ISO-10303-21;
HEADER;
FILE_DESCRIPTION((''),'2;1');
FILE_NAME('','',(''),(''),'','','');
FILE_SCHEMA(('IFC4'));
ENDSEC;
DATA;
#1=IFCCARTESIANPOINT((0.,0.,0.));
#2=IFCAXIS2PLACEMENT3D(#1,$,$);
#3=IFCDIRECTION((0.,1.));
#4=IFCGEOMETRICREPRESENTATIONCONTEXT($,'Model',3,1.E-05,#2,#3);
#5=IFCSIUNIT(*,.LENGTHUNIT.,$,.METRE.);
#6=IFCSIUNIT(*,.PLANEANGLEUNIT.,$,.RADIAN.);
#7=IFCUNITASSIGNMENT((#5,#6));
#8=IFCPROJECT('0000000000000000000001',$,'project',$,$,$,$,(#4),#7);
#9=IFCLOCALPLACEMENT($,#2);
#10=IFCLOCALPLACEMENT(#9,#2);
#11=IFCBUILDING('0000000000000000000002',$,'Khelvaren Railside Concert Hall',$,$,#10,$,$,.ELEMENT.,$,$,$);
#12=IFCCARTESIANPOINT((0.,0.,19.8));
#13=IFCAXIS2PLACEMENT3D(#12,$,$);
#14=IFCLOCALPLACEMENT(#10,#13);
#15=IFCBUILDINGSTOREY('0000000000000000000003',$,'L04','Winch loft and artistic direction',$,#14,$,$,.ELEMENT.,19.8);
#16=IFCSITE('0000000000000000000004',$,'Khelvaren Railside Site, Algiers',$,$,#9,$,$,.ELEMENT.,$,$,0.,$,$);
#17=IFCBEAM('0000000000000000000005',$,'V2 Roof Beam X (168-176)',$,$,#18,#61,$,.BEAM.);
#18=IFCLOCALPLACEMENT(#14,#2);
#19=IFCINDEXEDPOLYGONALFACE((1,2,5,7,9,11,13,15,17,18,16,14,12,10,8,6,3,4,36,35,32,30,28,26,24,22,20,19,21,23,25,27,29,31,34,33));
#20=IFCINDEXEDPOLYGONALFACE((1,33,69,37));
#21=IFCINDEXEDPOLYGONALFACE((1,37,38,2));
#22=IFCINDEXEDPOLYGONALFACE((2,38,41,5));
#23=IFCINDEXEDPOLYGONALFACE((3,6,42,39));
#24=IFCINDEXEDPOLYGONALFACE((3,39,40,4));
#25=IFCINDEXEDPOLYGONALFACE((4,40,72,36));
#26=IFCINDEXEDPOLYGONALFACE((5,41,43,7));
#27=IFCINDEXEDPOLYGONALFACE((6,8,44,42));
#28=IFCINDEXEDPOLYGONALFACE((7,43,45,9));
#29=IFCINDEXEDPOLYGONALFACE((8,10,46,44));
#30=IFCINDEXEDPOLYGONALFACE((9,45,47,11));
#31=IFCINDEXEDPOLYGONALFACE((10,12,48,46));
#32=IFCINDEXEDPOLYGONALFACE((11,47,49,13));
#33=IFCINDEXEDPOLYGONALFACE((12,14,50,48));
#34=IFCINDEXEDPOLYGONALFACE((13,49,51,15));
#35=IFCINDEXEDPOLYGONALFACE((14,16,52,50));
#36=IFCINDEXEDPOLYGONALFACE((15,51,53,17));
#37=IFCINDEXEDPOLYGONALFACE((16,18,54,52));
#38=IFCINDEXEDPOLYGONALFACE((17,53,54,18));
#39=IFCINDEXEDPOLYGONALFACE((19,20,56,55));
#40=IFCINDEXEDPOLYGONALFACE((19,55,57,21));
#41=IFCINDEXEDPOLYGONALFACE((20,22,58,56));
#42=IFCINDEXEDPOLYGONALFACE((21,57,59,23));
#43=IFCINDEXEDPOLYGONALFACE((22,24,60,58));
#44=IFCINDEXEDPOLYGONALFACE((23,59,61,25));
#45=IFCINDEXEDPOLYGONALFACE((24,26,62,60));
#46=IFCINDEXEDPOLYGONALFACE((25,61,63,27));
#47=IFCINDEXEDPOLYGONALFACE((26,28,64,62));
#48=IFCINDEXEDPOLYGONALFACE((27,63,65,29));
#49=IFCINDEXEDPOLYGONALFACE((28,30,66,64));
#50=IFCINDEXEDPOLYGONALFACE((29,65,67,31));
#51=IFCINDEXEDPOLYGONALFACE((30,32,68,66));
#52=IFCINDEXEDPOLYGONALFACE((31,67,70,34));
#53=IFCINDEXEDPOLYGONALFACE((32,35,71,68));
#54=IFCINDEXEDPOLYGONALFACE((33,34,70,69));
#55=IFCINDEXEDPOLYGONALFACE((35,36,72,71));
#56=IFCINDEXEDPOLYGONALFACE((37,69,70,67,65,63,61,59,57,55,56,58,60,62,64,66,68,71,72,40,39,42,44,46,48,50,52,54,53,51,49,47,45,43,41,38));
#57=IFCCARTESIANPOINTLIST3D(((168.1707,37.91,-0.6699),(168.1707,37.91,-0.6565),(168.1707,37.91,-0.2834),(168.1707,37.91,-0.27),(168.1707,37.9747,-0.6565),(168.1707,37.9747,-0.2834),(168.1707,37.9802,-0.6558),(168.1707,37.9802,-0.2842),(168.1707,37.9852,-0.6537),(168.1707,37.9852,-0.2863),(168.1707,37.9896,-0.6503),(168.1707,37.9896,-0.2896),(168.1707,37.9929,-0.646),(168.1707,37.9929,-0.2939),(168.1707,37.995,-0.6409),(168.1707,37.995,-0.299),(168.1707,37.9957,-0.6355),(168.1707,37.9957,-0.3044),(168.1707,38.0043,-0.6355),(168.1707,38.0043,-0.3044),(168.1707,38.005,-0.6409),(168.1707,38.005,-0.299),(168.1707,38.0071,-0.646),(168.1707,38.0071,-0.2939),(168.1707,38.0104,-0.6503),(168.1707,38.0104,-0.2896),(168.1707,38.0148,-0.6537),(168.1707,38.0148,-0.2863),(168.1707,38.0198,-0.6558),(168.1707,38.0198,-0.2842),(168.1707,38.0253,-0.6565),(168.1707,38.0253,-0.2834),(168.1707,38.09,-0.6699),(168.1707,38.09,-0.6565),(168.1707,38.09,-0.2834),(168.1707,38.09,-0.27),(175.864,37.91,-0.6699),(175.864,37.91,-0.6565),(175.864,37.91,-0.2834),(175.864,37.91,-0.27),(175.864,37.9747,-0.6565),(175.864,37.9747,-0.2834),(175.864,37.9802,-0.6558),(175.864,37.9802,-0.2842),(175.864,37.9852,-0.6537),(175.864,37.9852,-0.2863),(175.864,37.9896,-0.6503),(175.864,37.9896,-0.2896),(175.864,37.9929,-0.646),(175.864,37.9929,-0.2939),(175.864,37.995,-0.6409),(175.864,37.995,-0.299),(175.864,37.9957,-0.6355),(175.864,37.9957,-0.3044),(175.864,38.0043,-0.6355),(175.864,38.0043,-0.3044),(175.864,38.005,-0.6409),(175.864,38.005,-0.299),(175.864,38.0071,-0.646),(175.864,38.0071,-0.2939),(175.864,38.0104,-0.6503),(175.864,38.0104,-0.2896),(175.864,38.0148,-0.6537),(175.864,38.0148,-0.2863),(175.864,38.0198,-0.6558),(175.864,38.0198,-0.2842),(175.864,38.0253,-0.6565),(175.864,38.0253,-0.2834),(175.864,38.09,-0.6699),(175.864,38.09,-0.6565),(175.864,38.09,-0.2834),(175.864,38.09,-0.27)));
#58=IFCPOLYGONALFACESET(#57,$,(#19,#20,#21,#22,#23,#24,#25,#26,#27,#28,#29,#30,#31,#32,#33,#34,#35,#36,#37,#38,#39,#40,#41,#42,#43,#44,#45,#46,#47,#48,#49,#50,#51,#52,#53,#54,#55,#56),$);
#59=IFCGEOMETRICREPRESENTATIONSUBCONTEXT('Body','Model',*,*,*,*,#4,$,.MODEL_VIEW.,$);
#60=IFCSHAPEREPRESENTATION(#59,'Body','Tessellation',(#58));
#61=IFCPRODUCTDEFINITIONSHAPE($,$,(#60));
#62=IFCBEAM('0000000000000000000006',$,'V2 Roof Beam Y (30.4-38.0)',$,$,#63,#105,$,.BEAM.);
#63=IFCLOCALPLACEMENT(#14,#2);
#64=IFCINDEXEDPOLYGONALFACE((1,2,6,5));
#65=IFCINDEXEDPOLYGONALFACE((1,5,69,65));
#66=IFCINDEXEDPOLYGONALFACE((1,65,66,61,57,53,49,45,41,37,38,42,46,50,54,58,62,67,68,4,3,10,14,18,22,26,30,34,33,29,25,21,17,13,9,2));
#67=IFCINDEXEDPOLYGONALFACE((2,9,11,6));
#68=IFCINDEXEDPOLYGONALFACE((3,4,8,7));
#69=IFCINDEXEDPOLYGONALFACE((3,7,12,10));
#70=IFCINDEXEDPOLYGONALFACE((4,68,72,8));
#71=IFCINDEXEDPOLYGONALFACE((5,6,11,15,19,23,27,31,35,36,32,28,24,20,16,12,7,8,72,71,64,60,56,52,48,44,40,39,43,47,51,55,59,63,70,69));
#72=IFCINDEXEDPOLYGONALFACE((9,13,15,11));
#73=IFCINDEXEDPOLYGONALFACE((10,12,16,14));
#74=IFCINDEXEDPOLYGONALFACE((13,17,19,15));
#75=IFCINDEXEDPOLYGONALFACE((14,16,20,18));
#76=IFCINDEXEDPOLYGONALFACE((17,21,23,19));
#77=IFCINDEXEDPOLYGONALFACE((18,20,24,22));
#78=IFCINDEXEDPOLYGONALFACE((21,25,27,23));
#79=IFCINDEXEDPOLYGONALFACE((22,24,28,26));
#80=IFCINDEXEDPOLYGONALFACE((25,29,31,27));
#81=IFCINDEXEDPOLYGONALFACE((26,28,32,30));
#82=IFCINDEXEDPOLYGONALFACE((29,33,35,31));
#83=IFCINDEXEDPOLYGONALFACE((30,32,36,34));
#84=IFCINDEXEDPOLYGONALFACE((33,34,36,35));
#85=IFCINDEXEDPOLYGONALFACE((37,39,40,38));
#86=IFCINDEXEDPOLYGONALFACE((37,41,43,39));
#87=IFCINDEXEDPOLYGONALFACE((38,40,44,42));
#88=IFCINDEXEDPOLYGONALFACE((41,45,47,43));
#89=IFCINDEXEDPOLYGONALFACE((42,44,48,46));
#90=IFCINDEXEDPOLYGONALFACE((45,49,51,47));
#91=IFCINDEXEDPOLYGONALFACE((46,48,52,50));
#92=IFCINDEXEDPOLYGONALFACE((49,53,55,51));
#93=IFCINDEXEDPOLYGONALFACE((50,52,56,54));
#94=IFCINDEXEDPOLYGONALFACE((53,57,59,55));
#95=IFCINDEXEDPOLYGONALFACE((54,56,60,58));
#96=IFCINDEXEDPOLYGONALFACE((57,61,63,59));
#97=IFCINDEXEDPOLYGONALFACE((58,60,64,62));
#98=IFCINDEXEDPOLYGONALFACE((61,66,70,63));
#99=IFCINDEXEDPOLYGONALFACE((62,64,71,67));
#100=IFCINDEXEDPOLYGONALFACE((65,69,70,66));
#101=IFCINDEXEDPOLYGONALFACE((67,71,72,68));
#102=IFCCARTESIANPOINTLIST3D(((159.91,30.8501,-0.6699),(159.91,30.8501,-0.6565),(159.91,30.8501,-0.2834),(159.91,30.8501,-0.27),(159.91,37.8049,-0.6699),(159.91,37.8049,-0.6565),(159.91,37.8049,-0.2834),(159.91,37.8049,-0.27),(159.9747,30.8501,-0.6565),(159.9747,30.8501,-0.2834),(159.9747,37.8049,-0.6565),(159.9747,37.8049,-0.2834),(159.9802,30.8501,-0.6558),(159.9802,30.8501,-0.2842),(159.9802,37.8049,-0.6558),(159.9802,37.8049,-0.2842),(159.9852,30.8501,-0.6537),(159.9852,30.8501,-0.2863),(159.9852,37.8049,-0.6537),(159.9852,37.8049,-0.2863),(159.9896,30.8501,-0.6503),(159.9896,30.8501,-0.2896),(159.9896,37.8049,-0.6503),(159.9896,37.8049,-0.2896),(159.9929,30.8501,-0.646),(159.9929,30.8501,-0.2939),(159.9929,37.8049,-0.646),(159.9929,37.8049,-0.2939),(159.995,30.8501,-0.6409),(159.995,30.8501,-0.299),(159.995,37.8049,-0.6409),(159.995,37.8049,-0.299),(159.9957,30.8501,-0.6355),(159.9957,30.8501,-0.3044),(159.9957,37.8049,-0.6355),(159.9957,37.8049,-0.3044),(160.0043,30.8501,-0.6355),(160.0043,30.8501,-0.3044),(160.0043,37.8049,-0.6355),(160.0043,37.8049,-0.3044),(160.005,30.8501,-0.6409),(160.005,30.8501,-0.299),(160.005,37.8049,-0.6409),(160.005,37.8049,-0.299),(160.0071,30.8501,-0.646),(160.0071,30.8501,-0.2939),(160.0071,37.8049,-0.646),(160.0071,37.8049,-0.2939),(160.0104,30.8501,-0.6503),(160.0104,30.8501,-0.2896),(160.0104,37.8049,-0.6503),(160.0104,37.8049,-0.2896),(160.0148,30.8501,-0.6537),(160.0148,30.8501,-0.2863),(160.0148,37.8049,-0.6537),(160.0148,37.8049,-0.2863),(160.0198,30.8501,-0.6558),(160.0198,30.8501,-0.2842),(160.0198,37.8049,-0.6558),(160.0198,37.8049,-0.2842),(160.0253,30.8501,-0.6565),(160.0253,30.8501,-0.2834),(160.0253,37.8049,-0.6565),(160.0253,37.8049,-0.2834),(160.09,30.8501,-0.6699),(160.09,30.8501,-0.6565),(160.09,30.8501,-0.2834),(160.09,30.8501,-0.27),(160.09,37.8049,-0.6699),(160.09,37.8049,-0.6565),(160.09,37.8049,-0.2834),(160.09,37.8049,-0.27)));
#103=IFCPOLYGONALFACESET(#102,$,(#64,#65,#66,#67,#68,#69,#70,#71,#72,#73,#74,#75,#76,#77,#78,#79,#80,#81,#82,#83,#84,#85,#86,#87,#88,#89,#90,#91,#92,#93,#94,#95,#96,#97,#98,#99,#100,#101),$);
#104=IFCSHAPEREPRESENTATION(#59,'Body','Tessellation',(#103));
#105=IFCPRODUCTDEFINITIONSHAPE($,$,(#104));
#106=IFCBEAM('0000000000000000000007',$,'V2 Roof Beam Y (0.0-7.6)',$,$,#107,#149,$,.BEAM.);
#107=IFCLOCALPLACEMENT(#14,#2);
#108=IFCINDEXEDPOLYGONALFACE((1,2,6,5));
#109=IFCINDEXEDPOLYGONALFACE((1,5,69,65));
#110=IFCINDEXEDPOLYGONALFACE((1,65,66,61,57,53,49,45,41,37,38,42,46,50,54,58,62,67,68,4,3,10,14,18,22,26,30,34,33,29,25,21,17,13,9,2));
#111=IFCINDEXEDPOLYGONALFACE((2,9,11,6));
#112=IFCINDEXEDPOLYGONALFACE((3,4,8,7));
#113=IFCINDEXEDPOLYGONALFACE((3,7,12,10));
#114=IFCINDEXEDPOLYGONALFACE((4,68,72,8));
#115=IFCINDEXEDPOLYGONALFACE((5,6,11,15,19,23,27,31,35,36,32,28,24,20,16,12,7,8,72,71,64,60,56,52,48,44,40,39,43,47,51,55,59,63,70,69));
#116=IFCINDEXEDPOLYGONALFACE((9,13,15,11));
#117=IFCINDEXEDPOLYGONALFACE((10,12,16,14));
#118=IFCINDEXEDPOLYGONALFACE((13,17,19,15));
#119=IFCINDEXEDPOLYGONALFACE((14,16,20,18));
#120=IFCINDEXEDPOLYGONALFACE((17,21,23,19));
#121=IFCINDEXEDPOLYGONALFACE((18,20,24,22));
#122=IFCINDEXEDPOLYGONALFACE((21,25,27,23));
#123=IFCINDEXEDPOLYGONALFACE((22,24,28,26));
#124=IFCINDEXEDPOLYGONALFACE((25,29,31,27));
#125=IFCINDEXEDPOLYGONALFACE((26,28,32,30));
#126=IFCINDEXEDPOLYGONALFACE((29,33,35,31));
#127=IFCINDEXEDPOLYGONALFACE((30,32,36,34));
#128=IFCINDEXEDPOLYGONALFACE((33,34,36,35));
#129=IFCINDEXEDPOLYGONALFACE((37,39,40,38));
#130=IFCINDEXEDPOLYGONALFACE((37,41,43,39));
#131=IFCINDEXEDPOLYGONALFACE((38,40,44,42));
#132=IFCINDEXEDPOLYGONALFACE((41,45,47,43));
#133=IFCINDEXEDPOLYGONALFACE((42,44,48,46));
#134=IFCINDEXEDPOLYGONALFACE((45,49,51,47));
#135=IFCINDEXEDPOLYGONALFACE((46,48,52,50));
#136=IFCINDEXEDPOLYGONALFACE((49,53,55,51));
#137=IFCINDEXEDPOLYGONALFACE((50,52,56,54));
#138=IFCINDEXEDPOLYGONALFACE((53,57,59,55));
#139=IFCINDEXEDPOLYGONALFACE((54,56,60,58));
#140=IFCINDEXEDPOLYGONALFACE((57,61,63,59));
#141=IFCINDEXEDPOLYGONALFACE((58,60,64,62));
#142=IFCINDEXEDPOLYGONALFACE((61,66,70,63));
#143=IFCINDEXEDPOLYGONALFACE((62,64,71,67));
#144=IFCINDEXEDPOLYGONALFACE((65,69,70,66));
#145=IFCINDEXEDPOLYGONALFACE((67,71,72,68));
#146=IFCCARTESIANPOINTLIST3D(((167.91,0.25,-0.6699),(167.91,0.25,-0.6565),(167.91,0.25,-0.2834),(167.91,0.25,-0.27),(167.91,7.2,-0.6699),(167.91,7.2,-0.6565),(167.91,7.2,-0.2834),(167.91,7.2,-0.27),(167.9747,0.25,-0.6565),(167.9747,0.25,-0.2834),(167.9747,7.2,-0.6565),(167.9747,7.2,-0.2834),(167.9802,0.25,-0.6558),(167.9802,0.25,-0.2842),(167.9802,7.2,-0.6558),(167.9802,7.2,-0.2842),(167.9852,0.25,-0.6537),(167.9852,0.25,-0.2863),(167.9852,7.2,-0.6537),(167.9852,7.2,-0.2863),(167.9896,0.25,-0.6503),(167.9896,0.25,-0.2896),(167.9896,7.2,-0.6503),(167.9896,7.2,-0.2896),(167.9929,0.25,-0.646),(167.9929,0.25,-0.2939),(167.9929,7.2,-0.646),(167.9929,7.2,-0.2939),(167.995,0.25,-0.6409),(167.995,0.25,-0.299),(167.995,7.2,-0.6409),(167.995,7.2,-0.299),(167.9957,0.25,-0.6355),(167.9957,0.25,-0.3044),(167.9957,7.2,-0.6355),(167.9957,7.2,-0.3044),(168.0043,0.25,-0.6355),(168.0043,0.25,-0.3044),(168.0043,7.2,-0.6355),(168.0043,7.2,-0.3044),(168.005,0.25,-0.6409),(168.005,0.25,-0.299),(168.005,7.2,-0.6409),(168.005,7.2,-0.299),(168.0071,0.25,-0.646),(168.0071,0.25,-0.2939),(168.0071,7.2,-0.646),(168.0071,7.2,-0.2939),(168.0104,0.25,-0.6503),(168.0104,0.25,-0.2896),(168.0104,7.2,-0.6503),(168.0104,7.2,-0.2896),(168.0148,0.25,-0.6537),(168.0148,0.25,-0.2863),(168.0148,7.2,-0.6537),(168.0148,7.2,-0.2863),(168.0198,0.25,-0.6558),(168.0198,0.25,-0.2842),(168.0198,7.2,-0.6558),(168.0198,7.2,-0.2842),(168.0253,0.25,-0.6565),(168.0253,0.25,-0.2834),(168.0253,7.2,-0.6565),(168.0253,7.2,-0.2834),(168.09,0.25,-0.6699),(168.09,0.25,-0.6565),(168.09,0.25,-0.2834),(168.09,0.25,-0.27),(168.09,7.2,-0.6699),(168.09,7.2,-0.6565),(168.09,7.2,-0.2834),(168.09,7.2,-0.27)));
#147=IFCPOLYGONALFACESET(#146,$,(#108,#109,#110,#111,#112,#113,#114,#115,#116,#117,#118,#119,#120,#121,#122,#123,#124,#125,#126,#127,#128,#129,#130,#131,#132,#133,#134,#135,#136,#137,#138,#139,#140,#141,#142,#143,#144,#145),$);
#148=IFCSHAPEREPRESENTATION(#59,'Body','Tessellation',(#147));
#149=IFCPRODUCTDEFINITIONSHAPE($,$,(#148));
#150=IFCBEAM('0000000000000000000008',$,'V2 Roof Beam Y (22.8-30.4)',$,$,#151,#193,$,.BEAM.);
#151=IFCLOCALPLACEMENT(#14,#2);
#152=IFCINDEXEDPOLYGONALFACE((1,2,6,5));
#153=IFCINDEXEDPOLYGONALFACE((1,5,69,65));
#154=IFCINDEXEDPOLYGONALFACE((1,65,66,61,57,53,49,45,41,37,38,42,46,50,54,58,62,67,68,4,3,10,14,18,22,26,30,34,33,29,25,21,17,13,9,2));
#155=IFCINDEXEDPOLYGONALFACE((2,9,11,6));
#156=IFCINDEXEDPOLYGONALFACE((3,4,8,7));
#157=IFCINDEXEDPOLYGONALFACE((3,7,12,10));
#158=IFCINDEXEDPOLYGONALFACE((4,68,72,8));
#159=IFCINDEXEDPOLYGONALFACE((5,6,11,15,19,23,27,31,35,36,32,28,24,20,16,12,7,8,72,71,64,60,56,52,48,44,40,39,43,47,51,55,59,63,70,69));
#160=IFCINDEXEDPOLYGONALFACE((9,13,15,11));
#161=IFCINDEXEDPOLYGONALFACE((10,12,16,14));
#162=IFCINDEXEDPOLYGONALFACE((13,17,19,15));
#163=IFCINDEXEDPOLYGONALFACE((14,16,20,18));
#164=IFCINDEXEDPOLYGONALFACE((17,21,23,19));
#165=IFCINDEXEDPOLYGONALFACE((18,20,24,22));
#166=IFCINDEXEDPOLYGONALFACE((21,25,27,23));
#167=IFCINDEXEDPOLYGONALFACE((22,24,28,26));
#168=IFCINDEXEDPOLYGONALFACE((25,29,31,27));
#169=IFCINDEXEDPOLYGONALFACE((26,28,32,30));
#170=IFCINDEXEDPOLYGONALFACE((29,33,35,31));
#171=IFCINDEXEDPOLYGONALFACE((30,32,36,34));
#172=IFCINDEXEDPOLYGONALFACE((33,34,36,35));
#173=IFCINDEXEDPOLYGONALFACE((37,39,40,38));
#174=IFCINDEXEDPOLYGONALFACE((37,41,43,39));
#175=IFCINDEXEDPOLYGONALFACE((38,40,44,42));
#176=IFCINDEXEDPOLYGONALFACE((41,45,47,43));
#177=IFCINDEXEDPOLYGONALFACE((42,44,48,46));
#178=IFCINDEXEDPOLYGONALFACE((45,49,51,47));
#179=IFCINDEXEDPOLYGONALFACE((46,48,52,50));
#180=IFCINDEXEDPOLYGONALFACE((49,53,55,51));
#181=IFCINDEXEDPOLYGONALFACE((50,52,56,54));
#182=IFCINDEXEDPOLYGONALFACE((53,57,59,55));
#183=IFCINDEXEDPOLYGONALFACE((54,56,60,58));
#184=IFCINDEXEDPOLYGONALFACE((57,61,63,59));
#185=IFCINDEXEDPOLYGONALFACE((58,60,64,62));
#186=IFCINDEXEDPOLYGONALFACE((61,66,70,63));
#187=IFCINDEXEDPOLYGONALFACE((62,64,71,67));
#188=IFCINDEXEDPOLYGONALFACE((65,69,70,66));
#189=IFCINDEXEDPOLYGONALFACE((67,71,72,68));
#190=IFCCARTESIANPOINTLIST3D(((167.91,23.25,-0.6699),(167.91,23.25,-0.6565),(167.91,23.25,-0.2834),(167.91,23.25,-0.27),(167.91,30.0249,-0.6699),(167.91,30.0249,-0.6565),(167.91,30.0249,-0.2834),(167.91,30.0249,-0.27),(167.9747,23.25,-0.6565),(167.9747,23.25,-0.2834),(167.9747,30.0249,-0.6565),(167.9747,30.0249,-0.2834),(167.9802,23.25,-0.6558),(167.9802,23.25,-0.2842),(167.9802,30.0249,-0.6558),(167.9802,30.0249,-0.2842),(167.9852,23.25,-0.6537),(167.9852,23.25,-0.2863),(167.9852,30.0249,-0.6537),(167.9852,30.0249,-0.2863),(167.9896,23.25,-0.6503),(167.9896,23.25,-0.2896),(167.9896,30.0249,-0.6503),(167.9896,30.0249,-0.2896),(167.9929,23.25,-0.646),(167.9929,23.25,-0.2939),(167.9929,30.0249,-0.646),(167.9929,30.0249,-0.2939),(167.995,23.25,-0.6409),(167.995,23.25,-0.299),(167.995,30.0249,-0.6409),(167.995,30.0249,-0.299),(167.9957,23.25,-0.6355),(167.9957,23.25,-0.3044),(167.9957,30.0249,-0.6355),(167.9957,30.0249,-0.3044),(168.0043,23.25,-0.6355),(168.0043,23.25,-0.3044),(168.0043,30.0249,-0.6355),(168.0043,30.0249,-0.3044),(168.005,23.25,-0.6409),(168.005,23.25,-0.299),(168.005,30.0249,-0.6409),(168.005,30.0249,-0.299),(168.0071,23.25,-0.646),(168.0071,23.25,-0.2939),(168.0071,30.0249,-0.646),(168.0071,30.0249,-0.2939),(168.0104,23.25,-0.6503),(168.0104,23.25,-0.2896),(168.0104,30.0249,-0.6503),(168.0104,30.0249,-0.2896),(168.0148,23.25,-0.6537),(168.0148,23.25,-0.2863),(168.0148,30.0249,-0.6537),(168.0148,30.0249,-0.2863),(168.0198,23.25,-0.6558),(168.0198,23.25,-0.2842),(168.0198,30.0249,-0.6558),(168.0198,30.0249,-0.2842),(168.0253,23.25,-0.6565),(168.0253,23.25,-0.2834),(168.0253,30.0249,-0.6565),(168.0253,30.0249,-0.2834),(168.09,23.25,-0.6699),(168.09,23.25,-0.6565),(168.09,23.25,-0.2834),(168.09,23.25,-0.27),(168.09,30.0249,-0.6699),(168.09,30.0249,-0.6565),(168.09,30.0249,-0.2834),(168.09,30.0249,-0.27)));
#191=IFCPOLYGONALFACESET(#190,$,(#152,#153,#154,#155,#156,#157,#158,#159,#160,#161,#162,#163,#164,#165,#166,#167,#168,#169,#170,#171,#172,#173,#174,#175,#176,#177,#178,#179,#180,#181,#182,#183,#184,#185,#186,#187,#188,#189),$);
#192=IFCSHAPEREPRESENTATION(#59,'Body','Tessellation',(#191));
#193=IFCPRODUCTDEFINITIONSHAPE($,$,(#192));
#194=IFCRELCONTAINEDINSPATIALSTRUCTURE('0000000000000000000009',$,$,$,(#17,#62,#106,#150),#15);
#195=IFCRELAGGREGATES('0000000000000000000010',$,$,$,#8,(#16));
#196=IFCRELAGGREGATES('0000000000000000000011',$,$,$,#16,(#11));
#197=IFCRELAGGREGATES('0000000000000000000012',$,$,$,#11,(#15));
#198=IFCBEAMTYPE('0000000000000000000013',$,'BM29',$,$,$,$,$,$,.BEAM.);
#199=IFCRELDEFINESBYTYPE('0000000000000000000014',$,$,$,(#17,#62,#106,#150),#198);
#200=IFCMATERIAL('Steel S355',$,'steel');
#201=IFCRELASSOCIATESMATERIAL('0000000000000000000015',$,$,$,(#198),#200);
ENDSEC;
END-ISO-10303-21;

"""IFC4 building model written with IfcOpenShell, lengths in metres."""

from ifc_helpers import new_model, si_unit, direction, frame, origin, origin_2d, place, context, subcontext, project, spatial, i_section, extrude, material, material_profile, profile_set, type_object, element, save


model = new_model("IFC4")

# Units and contexts
model_context = context("Model", 3, precision=1e-05, world=origin(), true_north=direction((0.0, 1.0)))
body_context = subcontext(model_context, "Body", "Model", "MODEL_VIEW")
ifc_project = project(units=[si_unit("LENGTHUNIT", "METRE"), si_unit("PLANEANGLEUNIT", "RADIAN")], contexts=[model_context])

# Site, building, storey
site_placement = place(None, origin())
site = spatial("IfcSite", under=ifc_project, at=site_placement, Name="Khelvaren Railside Site, Algiers", CompositionType="ELEMENT", RefElevation=0.0)
building_placement = place(site_placement, origin())
building = spatial("IfcBuilding", under=site, at=building_placement, Name="Khelvaren Railside Concert Hall", CompositionType="ELEMENT")
storey_placement = place(building_placement, frame((0.0, 0.0, 19.8)))
storey = spatial("IfcBuildingStorey", under=building, at=storey_placement, Name="L04", Description="Winch loft and artistic direction", CompositionType="ELEMENT", Elevation=19.8)

# Beams
ifc_material_1 = material(Name="Steel S355", Category="steel")
ifc_material_profile_1 = material_profile(ifc_material_1, i_section(OverallWidth=0.1799, OverallDepth=0.3999, WebThickness=0.0085, FlangeThickness=0.0134, FilletRadius=0.021, at=origin_2d()), Name="IPE 400")
ifc_profile_set_1 = profile_set([ifc_material_profile_1], Name="Steel S355")
beam_type_1 = type_object("IfcBeamType", Name="BM29", PredefinedType="BEAM", material=ifc_profile_set_1)
beam_1_placement = place(storey_placement, frame((168.1707, 38.0, -0.47), z_axis=(1.0, 0.0, 0.0), x_axis=(0.0, 1.0, 0.0)))
element("IfcBeam", 1, at=beam_1_placement, inside=storey, type_object=beam_type_1, Name="V2 Roof Beam X (168-176)", PredefinedType="BEAM", context=body_context, shape_type="SweptSolid", body=[
    extrude(i_section(OverallWidth=0.1799, OverallDepth=0.3999, WebThickness=0.0085, FlangeThickness=0.0134, FilletRadius=0.021, at=origin_2d()), origin(), (0.0, 0.0, 1.0), 7.6934),
])
beam_2_placement = place(storey_placement, frame((160.0, 30.8501, -0.47), z_axis=(0.0, 1.0, 0.0), x_axis=(-1.0, 0.0, 0.0)))
element("IfcBeam", 2, at=beam_2_placement, inside=storey, type_object=beam_type_1, Name="V2 Roof Beam Y (30.4-38.0)", PredefinedType="BEAM", context=body_context, shape_type="SweptSolid", body=[
    extrude(i_section(OverallWidth=0.1799, OverallDepth=0.3999, WebThickness=0.0085, FlangeThickness=0.0134, FilletRadius=0.021, at=origin_2d()), origin(), (0.0, 0.0, 1.0), 6.9548),
])
beam_3_placement = place(storey_placement, frame((168.0, 0.25, -0.47), z_axis=(0.0, 1.0, 0.0), x_axis=(-1.0, 0.0, 0.0)))
element("IfcBeam", 3, at=beam_3_placement, inside=storey, type_object=beam_type_1, Name="V2 Roof Beam Y (0.0-7.6)", PredefinedType="BEAM", context=body_context, shape_type="SweptSolid", body=[
    extrude(i_section(OverallWidth=0.1799, OverallDepth=0.3999, WebThickness=0.0085, FlangeThickness=0.0134, FilletRadius=0.021, at=origin_2d()), origin(), (0.0, 0.0, 1.0), 6.95),
])
beam_4_placement = place(storey_placement, frame((168.0, 23.25, -0.47), z_axis=(0.0, 1.0, 0.0), x_axis=(-1.0, 0.0, 0.0)))
element("IfcBeam", 4, at=beam_4_placement, inside=storey, type_object=beam_type_1, Name="V2 Roof Beam Y (22.8-30.4)", PredefinedType="BEAM", context=body_context, shape_type="SweptSolid", body=[
    extrude(i_section(OverallWidth=0.1799, OverallDepth=0.3999, WebThickness=0.0085, FlangeThickness=0.0134, FilletRadius=0.021, at=origin_2d()), origin(), (0.0, 0.0, 1.0), 6.7749),
])

save(model, "model.ifc")
